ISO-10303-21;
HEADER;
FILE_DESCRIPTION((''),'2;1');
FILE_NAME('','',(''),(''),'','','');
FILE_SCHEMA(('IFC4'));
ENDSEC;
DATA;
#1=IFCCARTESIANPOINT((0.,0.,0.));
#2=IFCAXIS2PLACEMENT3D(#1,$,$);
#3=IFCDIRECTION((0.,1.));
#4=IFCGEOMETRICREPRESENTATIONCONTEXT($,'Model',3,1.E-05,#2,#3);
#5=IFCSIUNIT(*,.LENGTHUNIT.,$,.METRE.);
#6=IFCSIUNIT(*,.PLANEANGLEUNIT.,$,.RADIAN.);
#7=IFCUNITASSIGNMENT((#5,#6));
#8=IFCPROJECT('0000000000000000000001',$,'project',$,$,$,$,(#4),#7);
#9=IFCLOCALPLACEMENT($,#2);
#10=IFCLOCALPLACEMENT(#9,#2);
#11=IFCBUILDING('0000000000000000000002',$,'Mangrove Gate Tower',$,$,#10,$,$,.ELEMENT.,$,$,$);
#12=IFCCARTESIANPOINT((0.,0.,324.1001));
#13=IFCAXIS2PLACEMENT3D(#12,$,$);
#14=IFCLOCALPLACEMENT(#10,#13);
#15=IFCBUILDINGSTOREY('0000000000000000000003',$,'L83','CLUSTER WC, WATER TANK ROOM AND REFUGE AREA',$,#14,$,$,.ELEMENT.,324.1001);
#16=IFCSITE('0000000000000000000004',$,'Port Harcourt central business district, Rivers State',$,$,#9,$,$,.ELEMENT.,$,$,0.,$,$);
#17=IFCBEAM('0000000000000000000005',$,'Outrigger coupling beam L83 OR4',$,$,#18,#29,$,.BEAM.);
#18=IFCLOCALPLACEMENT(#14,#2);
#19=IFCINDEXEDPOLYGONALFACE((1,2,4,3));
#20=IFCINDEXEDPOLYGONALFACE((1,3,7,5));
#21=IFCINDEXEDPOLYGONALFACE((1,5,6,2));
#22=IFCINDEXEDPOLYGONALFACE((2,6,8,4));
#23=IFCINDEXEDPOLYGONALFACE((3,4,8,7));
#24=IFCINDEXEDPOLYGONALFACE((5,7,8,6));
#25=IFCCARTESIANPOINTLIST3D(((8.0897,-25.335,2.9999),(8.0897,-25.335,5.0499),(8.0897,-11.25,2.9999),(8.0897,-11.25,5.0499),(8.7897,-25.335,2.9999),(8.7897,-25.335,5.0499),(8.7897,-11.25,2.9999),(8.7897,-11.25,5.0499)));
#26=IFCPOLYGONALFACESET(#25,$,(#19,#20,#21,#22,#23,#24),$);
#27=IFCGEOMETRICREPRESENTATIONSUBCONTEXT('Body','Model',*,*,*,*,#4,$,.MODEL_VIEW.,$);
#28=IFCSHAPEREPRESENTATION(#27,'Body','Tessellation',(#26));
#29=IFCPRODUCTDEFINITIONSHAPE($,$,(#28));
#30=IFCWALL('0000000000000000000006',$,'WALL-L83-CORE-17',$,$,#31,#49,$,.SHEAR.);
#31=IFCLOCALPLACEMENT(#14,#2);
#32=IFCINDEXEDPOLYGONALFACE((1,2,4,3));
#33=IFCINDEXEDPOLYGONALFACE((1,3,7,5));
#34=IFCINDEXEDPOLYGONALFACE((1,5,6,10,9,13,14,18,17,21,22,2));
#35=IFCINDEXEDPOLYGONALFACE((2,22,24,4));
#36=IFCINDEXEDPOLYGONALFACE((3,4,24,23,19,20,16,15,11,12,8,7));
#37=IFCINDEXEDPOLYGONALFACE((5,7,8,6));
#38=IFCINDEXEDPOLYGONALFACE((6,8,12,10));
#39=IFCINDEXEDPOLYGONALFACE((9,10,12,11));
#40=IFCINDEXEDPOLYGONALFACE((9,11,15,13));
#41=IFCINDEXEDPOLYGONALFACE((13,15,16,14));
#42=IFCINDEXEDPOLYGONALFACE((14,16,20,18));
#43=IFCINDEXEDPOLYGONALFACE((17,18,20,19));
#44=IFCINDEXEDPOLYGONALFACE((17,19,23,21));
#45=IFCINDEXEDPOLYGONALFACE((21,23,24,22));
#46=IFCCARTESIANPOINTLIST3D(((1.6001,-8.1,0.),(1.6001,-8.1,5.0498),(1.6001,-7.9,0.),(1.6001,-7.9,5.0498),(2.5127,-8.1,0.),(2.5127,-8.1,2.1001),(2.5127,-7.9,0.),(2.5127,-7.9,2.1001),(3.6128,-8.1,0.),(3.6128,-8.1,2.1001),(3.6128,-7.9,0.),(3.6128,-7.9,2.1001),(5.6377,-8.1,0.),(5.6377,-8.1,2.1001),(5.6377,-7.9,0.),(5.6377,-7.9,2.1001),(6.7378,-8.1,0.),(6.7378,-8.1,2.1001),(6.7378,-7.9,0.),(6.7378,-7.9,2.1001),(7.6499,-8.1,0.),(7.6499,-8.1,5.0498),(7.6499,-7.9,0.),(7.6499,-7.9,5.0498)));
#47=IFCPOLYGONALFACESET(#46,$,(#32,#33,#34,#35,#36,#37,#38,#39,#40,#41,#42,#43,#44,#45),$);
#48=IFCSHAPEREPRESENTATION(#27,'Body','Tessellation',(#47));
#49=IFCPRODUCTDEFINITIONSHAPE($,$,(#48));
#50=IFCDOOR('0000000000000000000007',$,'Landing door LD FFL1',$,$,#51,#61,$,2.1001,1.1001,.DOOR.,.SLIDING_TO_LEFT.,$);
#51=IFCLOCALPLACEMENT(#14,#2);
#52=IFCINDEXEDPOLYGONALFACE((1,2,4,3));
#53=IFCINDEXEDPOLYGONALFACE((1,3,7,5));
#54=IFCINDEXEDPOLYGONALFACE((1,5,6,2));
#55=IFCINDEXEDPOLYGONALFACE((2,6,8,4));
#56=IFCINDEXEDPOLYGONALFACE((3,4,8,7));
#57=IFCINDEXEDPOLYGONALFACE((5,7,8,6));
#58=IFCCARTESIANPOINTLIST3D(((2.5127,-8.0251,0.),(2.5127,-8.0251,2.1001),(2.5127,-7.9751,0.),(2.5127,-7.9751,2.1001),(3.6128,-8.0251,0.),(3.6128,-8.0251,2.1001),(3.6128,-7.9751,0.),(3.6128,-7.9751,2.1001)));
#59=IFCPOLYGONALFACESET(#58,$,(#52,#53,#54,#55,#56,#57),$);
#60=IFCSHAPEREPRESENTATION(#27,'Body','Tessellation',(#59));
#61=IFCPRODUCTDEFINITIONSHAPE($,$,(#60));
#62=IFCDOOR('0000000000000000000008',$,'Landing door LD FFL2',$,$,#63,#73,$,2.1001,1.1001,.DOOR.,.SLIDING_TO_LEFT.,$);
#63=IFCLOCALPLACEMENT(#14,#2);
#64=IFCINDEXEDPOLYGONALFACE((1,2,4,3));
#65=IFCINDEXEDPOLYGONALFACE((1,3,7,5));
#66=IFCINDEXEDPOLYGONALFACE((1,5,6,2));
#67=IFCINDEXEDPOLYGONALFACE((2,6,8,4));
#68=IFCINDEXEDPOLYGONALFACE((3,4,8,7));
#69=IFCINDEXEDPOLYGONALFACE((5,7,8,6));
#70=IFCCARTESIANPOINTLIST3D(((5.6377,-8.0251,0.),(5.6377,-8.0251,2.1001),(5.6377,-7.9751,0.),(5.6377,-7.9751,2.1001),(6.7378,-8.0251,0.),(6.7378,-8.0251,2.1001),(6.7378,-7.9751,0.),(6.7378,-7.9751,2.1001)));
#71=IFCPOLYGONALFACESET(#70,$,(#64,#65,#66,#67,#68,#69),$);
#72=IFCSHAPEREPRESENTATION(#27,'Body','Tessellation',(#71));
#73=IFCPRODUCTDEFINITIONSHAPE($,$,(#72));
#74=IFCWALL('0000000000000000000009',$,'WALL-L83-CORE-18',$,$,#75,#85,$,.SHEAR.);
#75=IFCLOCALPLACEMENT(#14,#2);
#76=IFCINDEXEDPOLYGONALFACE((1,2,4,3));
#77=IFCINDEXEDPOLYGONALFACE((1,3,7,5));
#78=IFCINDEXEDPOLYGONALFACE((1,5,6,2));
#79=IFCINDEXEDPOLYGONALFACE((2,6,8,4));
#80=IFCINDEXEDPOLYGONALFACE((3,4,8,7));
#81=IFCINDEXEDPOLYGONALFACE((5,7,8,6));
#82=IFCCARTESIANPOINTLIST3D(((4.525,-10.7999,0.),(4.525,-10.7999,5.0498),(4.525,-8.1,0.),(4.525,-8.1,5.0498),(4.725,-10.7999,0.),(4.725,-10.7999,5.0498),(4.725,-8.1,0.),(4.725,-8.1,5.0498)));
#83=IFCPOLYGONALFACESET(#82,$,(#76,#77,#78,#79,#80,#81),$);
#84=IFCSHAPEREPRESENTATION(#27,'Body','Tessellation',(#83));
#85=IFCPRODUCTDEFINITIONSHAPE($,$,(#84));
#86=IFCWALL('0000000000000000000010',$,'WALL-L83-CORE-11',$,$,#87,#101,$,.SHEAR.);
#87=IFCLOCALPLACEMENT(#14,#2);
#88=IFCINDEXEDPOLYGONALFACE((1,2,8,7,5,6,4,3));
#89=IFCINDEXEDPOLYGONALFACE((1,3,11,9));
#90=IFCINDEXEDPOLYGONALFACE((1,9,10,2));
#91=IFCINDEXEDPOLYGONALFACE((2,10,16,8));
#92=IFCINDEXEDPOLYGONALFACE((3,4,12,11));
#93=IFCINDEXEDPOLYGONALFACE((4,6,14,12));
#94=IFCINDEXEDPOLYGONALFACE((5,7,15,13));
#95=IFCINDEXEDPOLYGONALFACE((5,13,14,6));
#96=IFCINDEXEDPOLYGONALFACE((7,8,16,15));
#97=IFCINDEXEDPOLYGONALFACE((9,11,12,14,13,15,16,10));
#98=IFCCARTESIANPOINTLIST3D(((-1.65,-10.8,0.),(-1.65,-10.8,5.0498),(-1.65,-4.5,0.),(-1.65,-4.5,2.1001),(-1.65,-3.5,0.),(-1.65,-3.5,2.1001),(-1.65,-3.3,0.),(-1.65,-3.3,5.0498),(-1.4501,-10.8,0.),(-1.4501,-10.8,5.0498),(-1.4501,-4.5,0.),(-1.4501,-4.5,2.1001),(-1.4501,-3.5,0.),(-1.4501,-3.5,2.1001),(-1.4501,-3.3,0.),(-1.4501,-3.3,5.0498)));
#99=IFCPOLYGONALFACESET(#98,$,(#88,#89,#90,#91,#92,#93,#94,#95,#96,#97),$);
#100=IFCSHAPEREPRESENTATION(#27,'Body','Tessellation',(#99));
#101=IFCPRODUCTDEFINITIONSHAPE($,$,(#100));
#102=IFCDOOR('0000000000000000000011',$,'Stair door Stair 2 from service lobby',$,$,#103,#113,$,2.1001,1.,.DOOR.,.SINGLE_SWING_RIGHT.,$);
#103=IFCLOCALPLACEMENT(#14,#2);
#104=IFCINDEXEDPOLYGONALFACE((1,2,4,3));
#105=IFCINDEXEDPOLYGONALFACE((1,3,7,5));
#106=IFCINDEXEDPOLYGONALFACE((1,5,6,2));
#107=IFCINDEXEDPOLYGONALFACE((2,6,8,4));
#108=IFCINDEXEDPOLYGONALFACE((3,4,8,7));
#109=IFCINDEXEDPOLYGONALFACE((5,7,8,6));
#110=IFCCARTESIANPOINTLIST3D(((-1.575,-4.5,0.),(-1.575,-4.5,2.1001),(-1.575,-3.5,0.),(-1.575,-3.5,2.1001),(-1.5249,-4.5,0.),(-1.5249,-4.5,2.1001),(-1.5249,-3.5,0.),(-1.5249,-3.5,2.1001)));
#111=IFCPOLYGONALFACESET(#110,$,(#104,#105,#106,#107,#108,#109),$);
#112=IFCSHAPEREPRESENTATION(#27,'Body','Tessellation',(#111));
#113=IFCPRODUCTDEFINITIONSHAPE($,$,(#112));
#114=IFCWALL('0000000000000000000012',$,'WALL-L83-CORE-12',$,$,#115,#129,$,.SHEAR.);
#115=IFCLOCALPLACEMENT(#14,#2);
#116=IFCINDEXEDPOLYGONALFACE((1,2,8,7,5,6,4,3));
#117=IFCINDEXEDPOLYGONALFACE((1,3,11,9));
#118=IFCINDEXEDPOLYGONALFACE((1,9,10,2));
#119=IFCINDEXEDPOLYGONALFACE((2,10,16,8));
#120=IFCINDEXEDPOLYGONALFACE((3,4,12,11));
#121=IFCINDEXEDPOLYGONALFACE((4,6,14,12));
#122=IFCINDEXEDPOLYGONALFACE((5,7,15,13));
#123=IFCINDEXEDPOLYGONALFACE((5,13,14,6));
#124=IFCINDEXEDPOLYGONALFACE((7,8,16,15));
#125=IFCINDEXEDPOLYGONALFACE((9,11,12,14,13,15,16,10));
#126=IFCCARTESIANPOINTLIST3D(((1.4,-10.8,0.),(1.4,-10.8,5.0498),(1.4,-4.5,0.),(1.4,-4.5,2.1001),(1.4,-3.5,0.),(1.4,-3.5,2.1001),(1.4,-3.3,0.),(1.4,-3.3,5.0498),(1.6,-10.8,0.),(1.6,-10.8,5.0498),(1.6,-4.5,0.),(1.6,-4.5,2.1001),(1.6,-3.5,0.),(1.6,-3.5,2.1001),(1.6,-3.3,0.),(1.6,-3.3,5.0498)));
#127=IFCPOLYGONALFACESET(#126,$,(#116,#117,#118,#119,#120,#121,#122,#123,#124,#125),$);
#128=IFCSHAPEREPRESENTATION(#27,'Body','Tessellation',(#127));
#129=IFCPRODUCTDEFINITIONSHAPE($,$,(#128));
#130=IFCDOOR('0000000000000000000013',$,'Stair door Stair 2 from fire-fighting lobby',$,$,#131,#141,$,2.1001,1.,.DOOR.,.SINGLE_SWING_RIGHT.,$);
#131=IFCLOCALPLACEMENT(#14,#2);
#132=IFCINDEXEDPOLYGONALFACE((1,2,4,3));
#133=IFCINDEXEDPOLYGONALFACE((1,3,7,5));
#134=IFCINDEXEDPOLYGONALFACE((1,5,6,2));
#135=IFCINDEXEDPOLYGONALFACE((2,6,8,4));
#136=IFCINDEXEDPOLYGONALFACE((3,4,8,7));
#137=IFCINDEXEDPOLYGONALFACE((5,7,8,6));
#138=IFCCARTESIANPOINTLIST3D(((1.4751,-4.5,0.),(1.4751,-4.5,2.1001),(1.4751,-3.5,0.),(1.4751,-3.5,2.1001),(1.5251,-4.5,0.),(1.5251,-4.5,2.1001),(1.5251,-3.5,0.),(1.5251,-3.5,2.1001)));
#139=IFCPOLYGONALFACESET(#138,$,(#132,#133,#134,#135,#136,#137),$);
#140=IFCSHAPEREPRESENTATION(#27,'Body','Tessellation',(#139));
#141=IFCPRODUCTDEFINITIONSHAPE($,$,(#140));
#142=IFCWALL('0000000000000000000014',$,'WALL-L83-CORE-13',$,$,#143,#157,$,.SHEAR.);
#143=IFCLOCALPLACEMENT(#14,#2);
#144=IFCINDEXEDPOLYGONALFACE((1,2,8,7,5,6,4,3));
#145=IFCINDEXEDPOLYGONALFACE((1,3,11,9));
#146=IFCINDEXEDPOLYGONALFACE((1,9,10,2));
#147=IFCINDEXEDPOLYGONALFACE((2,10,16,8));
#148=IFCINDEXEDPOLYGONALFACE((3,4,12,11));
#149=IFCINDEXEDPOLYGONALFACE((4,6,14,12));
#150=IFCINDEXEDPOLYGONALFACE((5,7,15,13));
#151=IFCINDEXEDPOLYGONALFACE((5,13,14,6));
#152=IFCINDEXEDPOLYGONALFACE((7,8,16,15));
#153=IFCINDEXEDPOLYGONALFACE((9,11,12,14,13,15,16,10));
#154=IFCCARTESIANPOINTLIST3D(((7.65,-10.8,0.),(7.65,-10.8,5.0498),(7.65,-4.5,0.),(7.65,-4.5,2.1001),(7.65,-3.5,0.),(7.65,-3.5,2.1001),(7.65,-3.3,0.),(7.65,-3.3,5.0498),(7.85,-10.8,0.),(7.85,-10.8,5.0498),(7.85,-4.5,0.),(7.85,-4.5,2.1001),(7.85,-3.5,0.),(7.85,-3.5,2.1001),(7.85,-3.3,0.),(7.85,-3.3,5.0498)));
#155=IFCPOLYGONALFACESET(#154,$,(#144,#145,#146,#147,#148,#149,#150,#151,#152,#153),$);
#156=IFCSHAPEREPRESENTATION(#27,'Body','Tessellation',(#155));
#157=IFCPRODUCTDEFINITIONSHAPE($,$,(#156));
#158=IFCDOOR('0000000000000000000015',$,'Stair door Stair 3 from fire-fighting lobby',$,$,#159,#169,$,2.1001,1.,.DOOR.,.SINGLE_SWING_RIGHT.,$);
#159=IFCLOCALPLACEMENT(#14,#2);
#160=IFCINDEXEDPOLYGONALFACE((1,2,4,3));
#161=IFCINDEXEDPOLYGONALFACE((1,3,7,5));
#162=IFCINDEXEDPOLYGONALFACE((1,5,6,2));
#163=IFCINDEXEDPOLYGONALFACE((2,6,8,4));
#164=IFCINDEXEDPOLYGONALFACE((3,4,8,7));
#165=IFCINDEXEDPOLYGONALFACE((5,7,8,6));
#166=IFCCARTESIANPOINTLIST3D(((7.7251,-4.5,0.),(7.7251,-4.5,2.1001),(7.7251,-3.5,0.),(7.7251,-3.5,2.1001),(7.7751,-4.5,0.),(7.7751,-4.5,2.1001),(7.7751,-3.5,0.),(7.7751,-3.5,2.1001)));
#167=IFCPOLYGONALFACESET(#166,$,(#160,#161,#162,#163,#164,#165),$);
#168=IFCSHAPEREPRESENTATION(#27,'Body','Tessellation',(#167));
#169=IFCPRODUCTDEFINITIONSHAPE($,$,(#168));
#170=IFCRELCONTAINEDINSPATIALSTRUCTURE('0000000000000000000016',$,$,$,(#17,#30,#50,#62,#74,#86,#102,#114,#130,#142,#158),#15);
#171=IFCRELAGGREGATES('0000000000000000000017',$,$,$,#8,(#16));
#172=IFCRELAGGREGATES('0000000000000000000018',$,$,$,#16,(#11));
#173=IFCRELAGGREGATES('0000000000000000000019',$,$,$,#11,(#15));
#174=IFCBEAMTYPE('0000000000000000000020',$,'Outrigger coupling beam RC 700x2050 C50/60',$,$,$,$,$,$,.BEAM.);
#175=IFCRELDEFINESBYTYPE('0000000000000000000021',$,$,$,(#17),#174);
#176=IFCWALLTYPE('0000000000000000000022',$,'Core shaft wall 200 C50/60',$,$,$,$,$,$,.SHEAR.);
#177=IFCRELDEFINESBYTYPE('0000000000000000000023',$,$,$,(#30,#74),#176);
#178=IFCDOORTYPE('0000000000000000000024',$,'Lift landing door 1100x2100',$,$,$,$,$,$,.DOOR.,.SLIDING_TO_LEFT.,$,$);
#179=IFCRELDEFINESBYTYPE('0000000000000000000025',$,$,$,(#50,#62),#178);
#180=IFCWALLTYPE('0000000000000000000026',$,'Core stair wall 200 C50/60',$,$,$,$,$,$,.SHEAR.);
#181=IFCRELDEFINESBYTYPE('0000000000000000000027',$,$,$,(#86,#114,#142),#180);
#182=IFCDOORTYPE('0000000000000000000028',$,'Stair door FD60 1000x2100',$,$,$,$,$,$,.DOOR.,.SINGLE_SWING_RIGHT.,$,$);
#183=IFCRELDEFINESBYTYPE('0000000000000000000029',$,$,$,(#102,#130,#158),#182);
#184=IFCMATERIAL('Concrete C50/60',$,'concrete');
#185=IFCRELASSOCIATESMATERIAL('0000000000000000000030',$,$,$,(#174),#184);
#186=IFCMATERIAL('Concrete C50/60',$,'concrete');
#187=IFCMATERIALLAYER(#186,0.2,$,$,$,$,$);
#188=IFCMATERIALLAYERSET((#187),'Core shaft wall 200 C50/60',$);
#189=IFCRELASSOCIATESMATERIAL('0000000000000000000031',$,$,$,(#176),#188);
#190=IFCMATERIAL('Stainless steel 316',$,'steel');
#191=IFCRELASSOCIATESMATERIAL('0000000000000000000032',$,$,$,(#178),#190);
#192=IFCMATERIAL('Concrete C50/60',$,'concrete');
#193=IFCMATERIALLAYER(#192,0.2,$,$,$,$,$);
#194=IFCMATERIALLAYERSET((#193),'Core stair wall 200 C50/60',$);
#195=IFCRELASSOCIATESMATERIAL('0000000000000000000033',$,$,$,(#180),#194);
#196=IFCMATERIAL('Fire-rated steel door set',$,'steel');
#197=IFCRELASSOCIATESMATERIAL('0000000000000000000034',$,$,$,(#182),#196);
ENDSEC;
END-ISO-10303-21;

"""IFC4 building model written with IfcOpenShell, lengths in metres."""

from ifc_helpers import new_model, si_unit, direction, frame, frame_2d, origin, origin_2d, place, context, subcontext, project, spatial, rectangle, extrude, material, layer, layer_set, material_profile, profile_set, type_object, element, fill, save


model = new_model("IFC4")

# Units and contexts
model_context = context("Model", 3, precision=1e-05, world=origin(), true_north=direction((0.0, 1.0)))
body_context = subcontext(model_context, "Body", "Model", "MODEL_VIEW")
ifc_project = project(units=[si_unit("LENGTHUNIT", "METRE"), si_unit("PLANEANGLEUNIT", "RADIAN")], contexts=[model_context])

# Site, building, storey
site_placement = place(None, origin())
site = spatial("IfcSite", under=ifc_project, at=site_placement, Name="Port Harcourt central business district, Rivers State", CompositionType="ELEMENT", RefElevation=0.0)
building_placement = place(site_placement, origin())
building = spatial("IfcBuilding", under=site, at=building_placement, Name="Mangrove Gate Tower", CompositionType="ELEMENT")
storey_placement = place(building_placement, frame((0.0, 0.0, 324.1001)))
storey = spatial("IfcBuildingStorey", under=building, at=storey_placement, Name="L83", Description="CLUSTER WC, WATER TANK ROOM AND REFUGE AREA", CompositionType="ELEMENT", Elevation=324.1001)

# Beam
ifc_material_1 = material(Name="Concrete C50/60", Category="concrete")
ifc_material_profile = material_profile(ifc_material_1, rectangle(XDim=0.7, YDim=2.05, at=origin_2d()))
ifc_profile_set = profile_set([ifc_material_profile], Name="Concrete C50/60")
beam_type = type_object("IfcBeamType", Name="Outrigger coupling beam RC 700x2050 C50/60", PredefinedType="BEAM", material=ifc_profile_set)
beam_placement = place(storey_placement, frame((8.4397, -11.25, 4.0249), z_axis=(0.0, -1.0, 0.0), x_axis=(1.0, 0.0, 0.0)))
element("IfcBeam", 1, at=beam_placement, inside=storey, type_object=beam_type, Name="Outrigger coupling beam L83 OR4", PredefinedType="BEAM", context=body_context, shape_type="SweptSolid", body=[
    extrude(rectangle(XDim=0.7, YDim=2.05, at=origin_2d()), origin(), (0.0, 0.0, 1.0), 14.085),
])

# Wall, openings, doors
ifc_material_2 = material(Name="Concrete C50/60", Category="concrete")
ifc_layer_1 = layer(ifc_material_2, 0.2)
ifc_layer_set_1 = layer_set([ifc_layer_1], Name="Core shaft wall 200 C50/60")
wall_type_1 = type_object("IfcWallType", Name="Core shaft wall 200 C50/60", PredefinedType="SHEAR", material=ifc_layer_set_1)
wall_1_placement = place(storey_placement, frame((1.6001, -8.0, 0.0), z_axis=(0.0, 0.0, 1.0), x_axis=(1.0, 0.0, 0.0)))
wall_1 = element("IfcWall", 2, at=wall_1_placement, inside=storey, type_object=wall_type_1, Name="WALL-L83-CORE-17", PredefinedType="SHEAR", context=body_context, shape_type="SweptSolid", body=[
    extrude(rectangle(XDim=6.0498, YDim=0.2, at=frame_2d((3.0249, 0.0))), origin(), (0.0, 0.0, 1.0), 5.0498),
])
opening_1_placement = place(wall_1_placement, frame((0.9126, 0.0, 0.0)))
opening_1 = element("IfcOpeningElement", 3, at=opening_1_placement, cuts=wall_1, PredefinedType="OPENING", context=body_context, shape_type="SweptSolid", body=[
    extrude(rectangle(XDim=1.1001, YDim=2.1001, at=frame_2d((0.55, 1.05))), frame((0.0, 0.1099, 0.0), z_axis=(0.0, -1.0, 0.0), x_axis=(1.0, 0.0, 0.0)), (0.0, 0.0, 1.0), 0.22),
])
opening_2_placement = place(wall_1_placement, frame((4.0376, 0.0, 0.0)))
opening_2 = element("IfcOpeningElement", 4, at=opening_2_placement, cuts=wall_1, PredefinedType="OPENING", context=body_context, shape_type="SweptSolid", body=[
    extrude(rectangle(XDim=1.1001, YDim=2.1001, at=frame_2d((0.55, 1.05))), frame((0.0, 0.1099, 0.0), z_axis=(0.0, -1.0, 0.0), x_axis=(1.0, 0.0, 0.0)), (0.0, 0.0, 1.0), 0.22),
])
ifc_material_3 = material(Name="Stainless steel 316", Category="steel")
door_type_1 = type_object("IfcDoorType", Name="Lift landing door 1100x2100", OperationType="SLIDING_TO_LEFT", PredefinedType="DOOR", material=ifc_material_3)
door_1_placement = place(opening_1_placement, origin())
door_1 = element("IfcDoor", 5, at=door_1_placement, inside=storey, type_object=door_type_1, Name="Landing door LD FFL1", OperationType="SLIDING_TO_LEFT", OverallHeight=2.1001, OverallWidth=1.1001, PredefinedType="DOOR", context=body_context, shape_type="SweptSolid", body=[
    extrude(rectangle(XDim=1.1001, YDim=2.1001, at=frame_2d((0.55, 1.05))), frame((0.0, 0.0249, 0.0), z_axis=(0.0, -1.0, 0.0), x_axis=(1.0, 0.0, 0.0)), (0.0, 0.0, 1.0), 0.05),
])
fill(opening_1, door_1)
door_2_placement = place(opening_2_placement, origin())
door_2 = element("IfcDoor", 6, at=door_2_placement, inside=storey, type_object=door_type_1, Name="Landing door LD FFL2", OperationType="SLIDING_TO_LEFT", OverallHeight=2.1001, OverallWidth=1.1001, PredefinedType="DOOR", context=body_context, shape_type="SweptSolid", body=[
    extrude(rectangle(XDim=1.1001, YDim=2.1001, at=frame_2d((0.55, 1.05))), frame((0.0, 0.0249, 0.0), z_axis=(0.0, -1.0, 0.0), x_axis=(1.0, 0.0, 0.0)), (0.0, 0.0, 1.0), 0.05),
])
fill(opening_2, door_2)

# Wall
wall_2_placement = place(storey_placement, frame((4.625, -10.8, 0.0), z_axis=(0.0, 0.0, 1.0), x_axis=(0.0, 1.0, 0.0)))
element("IfcWall", 7, at=wall_2_placement, inside=storey, type_object=wall_type_1, Name="WALL-L83-CORE-18", PredefinedType="SHEAR", context=body_context, shape_type="SweptSolid", body=[
    extrude(rectangle(XDim=2.7, YDim=0.2, at=frame_2d((1.3501, 0.0))), origin(), (0.0, 0.0, 1.0), 5.0498),
])

# Walls, openings, doors
ifc_material_4 = material(Name="Concrete C50/60", Category="concrete")
ifc_layer_2 = layer(ifc_material_4, 0.2)
ifc_layer_set_2 = layer_set([ifc_layer_2], Name="Core stair wall 200 C50/60")
wall_type_2 = type_object("IfcWallType", Name="Core stair wall 200 C50/60", PredefinedType="SHEAR", material=ifc_layer_set_2)
wall_3_placement = place(storey_placement, frame((-1.55, -10.8, 0.0), z_axis=(0.0, 0.0, 1.0), x_axis=(0.0, 1.0, 0.0)))
wall_3 = element("IfcWall", 8, at=wall_3_placement, inside=storey, type_object=wall_type_2, Name="WALL-L83-CORE-11", PredefinedType="SHEAR", context=body_context, shape_type="SweptSolid", body=[
    extrude(rectangle(XDim=7.5, YDim=0.2, at=frame_2d((3.75, 0.0))), origin(), (0.0, 0.0, 1.0), 5.0498),
])
opening_3_placement = place(wall_3_placement, frame((6.3, 0.0, 0.0)))
opening_3 = element("IfcOpeningElement", 9, at=opening_3_placement, cuts=wall_3, PredefinedType="OPENING", context=body_context, shape_type="SweptSolid", body=[
    extrude(rectangle(XDim=1.0, YDim=2.1001, at=frame_2d((0.5, 1.05))), frame((0.0, 0.1099, 0.0), z_axis=(0.0, -1.0, 0.0), x_axis=(1.0, 0.0, 0.0)), (0.0, 0.0, 1.0), 0.22),
])
ifc_material_5 = material(Name="Fire-rated steel door set", Category="steel")
door_type_2 = type_object("IfcDoorType", Name="Stair door FD60 1000x2100", OperationType="SINGLE_SWING_RIGHT", PredefinedType="DOOR", material=ifc_material_5)
door_3_placement = place(opening_3_placement, origin())
door_3 = element("IfcDoor", 10, at=door_3_placement, inside=storey, type_object=door_type_2, Name="Stair door Stair 2 from service lobby", OperationType="SINGLE_SWING_RIGHT", OverallHeight=2.1001, OverallWidth=1.0, PredefinedType="DOOR", context=body_context, shape_type="SweptSolid", body=[
    extrude(rectangle(XDim=1.0, YDim=2.1001, at=frame_2d((0.5, 1.05))), frame((0.0, 0.0249, 0.0), z_axis=(0.0, -1.0, 0.0), x_axis=(1.0, 0.0, 0.0)), (0.0, 0.0, 1.0), 0.05),
])
fill(opening_3, door_3)
wall_4_placement = place(storey_placement, frame((1.5, -10.8, 0.0), z_axis=(0.0, 0.0, 1.0), x_axis=(0.0, 1.0, 0.0)))
wall_4 = element("IfcWall", 11, at=wall_4_placement, inside=storey, type_object=wall_type_2, Name="WALL-L83-CORE-12", PredefinedType="SHEAR", context=body_context, shape_type="SweptSolid", body=[
    extrude(rectangle(XDim=7.5, YDim=0.2, at=frame_2d((3.75, 0.0))), origin(), (0.0, 0.0, 1.0), 5.0498),
])
opening_4_placement = place(wall_4_placement, frame((6.3, 0.0, 0.0)))
opening_4 = element("IfcOpeningElement", 12, at=opening_4_placement, cuts=wall_4, PredefinedType="OPENING", context=body_context, shape_type="SweptSolid", body=[
    extrude(rectangle(XDim=1.0, YDim=2.1001, at=frame_2d((0.5, 1.05))), frame((0.0, 0.1099, 0.0), z_axis=(0.0, -1.0, 0.0), x_axis=(1.0, 0.0, 0.0)), (0.0, 0.0, 1.0), 0.22),
])
door_4_placement = place(opening_4_placement, origin())
door_4 = element("IfcDoor", 13, at=door_4_placement, inside=storey, type_object=door_type_2, Name="Stair door Stair 2 from fire-fighting lobby", OperationType="SINGLE_SWING_RIGHT", OverallHeight=2.1001, OverallWidth=1.0, PredefinedType="DOOR", context=body_context, shape_type="SweptSolid", body=[
    extrude(rectangle(XDim=1.0, YDim=2.1001, at=frame_2d((0.5, 1.05))), frame((0.0, 0.0249, 0.0), z_axis=(0.0, -1.0, 0.0), x_axis=(1.0, 0.0, 0.0)), (0.0, 0.0, 1.0), 0.05),
])
fill(opening_4, door_4)
wall_5_placement = place(storey_placement, frame((7.75, -10.8, 0.0), z_axis=(0.0, 0.0, 1.0), x_axis=(0.0, 1.0, 0.0)))
wall_5 = element("IfcWall", 14, at=wall_5_placement, inside=storey, type_object=wall_type_2, Name="WALL-L83-CORE-13", PredefinedType="SHEAR", context=body_context, shape_type="SweptSolid", body=[
    extrude(rectangle(XDim=7.5, YDim=0.2, at=frame_2d((3.75, 0.0))), origin(), (0.0, 0.0, 1.0), 5.0498),
])
opening_5_placement = place(wall_5_placement, frame((6.3, 0.0, 0.0)))
opening_5 = element("IfcOpeningElement", 15, at=opening_5_placement, cuts=wall_5, PredefinedType="OPENING", context=body_context, shape_type="SweptSolid", body=[
    extrude(rectangle(XDim=1.0, YDim=2.1001, at=frame_2d((0.5, 1.05))), frame((0.0, 0.1099, 0.0), z_axis=(0.0, -1.0, 0.0), x_axis=(1.0, 0.0, 0.0)), (0.0, 0.0, 1.0), 0.22),
])
door_5_placement = place(opening_5_placement, origin())
door_5 = element("IfcDoor", 16, at=door_5_placement, inside=storey, type_object=door_type_2, Name="Stair door Stair 3 from fire-fighting lobby", OperationType="SINGLE_SWING_RIGHT", OverallHeight=2.1001, OverallWidth=1.0, PredefinedType="DOOR", context=body_context, shape_type="SweptSolid", body=[
    extrude(rectangle(XDim=1.0, YDim=2.1001, at=frame_2d((0.5, 1.05))), frame((0.0, 0.0249, 0.0), z_axis=(0.0, -1.0, 0.0), x_axis=(1.0, 0.0, 0.0)), (0.0, 0.0, 1.0), 0.05),
])
fill(opening_5, door_5)

save(model, "model.ifc")
